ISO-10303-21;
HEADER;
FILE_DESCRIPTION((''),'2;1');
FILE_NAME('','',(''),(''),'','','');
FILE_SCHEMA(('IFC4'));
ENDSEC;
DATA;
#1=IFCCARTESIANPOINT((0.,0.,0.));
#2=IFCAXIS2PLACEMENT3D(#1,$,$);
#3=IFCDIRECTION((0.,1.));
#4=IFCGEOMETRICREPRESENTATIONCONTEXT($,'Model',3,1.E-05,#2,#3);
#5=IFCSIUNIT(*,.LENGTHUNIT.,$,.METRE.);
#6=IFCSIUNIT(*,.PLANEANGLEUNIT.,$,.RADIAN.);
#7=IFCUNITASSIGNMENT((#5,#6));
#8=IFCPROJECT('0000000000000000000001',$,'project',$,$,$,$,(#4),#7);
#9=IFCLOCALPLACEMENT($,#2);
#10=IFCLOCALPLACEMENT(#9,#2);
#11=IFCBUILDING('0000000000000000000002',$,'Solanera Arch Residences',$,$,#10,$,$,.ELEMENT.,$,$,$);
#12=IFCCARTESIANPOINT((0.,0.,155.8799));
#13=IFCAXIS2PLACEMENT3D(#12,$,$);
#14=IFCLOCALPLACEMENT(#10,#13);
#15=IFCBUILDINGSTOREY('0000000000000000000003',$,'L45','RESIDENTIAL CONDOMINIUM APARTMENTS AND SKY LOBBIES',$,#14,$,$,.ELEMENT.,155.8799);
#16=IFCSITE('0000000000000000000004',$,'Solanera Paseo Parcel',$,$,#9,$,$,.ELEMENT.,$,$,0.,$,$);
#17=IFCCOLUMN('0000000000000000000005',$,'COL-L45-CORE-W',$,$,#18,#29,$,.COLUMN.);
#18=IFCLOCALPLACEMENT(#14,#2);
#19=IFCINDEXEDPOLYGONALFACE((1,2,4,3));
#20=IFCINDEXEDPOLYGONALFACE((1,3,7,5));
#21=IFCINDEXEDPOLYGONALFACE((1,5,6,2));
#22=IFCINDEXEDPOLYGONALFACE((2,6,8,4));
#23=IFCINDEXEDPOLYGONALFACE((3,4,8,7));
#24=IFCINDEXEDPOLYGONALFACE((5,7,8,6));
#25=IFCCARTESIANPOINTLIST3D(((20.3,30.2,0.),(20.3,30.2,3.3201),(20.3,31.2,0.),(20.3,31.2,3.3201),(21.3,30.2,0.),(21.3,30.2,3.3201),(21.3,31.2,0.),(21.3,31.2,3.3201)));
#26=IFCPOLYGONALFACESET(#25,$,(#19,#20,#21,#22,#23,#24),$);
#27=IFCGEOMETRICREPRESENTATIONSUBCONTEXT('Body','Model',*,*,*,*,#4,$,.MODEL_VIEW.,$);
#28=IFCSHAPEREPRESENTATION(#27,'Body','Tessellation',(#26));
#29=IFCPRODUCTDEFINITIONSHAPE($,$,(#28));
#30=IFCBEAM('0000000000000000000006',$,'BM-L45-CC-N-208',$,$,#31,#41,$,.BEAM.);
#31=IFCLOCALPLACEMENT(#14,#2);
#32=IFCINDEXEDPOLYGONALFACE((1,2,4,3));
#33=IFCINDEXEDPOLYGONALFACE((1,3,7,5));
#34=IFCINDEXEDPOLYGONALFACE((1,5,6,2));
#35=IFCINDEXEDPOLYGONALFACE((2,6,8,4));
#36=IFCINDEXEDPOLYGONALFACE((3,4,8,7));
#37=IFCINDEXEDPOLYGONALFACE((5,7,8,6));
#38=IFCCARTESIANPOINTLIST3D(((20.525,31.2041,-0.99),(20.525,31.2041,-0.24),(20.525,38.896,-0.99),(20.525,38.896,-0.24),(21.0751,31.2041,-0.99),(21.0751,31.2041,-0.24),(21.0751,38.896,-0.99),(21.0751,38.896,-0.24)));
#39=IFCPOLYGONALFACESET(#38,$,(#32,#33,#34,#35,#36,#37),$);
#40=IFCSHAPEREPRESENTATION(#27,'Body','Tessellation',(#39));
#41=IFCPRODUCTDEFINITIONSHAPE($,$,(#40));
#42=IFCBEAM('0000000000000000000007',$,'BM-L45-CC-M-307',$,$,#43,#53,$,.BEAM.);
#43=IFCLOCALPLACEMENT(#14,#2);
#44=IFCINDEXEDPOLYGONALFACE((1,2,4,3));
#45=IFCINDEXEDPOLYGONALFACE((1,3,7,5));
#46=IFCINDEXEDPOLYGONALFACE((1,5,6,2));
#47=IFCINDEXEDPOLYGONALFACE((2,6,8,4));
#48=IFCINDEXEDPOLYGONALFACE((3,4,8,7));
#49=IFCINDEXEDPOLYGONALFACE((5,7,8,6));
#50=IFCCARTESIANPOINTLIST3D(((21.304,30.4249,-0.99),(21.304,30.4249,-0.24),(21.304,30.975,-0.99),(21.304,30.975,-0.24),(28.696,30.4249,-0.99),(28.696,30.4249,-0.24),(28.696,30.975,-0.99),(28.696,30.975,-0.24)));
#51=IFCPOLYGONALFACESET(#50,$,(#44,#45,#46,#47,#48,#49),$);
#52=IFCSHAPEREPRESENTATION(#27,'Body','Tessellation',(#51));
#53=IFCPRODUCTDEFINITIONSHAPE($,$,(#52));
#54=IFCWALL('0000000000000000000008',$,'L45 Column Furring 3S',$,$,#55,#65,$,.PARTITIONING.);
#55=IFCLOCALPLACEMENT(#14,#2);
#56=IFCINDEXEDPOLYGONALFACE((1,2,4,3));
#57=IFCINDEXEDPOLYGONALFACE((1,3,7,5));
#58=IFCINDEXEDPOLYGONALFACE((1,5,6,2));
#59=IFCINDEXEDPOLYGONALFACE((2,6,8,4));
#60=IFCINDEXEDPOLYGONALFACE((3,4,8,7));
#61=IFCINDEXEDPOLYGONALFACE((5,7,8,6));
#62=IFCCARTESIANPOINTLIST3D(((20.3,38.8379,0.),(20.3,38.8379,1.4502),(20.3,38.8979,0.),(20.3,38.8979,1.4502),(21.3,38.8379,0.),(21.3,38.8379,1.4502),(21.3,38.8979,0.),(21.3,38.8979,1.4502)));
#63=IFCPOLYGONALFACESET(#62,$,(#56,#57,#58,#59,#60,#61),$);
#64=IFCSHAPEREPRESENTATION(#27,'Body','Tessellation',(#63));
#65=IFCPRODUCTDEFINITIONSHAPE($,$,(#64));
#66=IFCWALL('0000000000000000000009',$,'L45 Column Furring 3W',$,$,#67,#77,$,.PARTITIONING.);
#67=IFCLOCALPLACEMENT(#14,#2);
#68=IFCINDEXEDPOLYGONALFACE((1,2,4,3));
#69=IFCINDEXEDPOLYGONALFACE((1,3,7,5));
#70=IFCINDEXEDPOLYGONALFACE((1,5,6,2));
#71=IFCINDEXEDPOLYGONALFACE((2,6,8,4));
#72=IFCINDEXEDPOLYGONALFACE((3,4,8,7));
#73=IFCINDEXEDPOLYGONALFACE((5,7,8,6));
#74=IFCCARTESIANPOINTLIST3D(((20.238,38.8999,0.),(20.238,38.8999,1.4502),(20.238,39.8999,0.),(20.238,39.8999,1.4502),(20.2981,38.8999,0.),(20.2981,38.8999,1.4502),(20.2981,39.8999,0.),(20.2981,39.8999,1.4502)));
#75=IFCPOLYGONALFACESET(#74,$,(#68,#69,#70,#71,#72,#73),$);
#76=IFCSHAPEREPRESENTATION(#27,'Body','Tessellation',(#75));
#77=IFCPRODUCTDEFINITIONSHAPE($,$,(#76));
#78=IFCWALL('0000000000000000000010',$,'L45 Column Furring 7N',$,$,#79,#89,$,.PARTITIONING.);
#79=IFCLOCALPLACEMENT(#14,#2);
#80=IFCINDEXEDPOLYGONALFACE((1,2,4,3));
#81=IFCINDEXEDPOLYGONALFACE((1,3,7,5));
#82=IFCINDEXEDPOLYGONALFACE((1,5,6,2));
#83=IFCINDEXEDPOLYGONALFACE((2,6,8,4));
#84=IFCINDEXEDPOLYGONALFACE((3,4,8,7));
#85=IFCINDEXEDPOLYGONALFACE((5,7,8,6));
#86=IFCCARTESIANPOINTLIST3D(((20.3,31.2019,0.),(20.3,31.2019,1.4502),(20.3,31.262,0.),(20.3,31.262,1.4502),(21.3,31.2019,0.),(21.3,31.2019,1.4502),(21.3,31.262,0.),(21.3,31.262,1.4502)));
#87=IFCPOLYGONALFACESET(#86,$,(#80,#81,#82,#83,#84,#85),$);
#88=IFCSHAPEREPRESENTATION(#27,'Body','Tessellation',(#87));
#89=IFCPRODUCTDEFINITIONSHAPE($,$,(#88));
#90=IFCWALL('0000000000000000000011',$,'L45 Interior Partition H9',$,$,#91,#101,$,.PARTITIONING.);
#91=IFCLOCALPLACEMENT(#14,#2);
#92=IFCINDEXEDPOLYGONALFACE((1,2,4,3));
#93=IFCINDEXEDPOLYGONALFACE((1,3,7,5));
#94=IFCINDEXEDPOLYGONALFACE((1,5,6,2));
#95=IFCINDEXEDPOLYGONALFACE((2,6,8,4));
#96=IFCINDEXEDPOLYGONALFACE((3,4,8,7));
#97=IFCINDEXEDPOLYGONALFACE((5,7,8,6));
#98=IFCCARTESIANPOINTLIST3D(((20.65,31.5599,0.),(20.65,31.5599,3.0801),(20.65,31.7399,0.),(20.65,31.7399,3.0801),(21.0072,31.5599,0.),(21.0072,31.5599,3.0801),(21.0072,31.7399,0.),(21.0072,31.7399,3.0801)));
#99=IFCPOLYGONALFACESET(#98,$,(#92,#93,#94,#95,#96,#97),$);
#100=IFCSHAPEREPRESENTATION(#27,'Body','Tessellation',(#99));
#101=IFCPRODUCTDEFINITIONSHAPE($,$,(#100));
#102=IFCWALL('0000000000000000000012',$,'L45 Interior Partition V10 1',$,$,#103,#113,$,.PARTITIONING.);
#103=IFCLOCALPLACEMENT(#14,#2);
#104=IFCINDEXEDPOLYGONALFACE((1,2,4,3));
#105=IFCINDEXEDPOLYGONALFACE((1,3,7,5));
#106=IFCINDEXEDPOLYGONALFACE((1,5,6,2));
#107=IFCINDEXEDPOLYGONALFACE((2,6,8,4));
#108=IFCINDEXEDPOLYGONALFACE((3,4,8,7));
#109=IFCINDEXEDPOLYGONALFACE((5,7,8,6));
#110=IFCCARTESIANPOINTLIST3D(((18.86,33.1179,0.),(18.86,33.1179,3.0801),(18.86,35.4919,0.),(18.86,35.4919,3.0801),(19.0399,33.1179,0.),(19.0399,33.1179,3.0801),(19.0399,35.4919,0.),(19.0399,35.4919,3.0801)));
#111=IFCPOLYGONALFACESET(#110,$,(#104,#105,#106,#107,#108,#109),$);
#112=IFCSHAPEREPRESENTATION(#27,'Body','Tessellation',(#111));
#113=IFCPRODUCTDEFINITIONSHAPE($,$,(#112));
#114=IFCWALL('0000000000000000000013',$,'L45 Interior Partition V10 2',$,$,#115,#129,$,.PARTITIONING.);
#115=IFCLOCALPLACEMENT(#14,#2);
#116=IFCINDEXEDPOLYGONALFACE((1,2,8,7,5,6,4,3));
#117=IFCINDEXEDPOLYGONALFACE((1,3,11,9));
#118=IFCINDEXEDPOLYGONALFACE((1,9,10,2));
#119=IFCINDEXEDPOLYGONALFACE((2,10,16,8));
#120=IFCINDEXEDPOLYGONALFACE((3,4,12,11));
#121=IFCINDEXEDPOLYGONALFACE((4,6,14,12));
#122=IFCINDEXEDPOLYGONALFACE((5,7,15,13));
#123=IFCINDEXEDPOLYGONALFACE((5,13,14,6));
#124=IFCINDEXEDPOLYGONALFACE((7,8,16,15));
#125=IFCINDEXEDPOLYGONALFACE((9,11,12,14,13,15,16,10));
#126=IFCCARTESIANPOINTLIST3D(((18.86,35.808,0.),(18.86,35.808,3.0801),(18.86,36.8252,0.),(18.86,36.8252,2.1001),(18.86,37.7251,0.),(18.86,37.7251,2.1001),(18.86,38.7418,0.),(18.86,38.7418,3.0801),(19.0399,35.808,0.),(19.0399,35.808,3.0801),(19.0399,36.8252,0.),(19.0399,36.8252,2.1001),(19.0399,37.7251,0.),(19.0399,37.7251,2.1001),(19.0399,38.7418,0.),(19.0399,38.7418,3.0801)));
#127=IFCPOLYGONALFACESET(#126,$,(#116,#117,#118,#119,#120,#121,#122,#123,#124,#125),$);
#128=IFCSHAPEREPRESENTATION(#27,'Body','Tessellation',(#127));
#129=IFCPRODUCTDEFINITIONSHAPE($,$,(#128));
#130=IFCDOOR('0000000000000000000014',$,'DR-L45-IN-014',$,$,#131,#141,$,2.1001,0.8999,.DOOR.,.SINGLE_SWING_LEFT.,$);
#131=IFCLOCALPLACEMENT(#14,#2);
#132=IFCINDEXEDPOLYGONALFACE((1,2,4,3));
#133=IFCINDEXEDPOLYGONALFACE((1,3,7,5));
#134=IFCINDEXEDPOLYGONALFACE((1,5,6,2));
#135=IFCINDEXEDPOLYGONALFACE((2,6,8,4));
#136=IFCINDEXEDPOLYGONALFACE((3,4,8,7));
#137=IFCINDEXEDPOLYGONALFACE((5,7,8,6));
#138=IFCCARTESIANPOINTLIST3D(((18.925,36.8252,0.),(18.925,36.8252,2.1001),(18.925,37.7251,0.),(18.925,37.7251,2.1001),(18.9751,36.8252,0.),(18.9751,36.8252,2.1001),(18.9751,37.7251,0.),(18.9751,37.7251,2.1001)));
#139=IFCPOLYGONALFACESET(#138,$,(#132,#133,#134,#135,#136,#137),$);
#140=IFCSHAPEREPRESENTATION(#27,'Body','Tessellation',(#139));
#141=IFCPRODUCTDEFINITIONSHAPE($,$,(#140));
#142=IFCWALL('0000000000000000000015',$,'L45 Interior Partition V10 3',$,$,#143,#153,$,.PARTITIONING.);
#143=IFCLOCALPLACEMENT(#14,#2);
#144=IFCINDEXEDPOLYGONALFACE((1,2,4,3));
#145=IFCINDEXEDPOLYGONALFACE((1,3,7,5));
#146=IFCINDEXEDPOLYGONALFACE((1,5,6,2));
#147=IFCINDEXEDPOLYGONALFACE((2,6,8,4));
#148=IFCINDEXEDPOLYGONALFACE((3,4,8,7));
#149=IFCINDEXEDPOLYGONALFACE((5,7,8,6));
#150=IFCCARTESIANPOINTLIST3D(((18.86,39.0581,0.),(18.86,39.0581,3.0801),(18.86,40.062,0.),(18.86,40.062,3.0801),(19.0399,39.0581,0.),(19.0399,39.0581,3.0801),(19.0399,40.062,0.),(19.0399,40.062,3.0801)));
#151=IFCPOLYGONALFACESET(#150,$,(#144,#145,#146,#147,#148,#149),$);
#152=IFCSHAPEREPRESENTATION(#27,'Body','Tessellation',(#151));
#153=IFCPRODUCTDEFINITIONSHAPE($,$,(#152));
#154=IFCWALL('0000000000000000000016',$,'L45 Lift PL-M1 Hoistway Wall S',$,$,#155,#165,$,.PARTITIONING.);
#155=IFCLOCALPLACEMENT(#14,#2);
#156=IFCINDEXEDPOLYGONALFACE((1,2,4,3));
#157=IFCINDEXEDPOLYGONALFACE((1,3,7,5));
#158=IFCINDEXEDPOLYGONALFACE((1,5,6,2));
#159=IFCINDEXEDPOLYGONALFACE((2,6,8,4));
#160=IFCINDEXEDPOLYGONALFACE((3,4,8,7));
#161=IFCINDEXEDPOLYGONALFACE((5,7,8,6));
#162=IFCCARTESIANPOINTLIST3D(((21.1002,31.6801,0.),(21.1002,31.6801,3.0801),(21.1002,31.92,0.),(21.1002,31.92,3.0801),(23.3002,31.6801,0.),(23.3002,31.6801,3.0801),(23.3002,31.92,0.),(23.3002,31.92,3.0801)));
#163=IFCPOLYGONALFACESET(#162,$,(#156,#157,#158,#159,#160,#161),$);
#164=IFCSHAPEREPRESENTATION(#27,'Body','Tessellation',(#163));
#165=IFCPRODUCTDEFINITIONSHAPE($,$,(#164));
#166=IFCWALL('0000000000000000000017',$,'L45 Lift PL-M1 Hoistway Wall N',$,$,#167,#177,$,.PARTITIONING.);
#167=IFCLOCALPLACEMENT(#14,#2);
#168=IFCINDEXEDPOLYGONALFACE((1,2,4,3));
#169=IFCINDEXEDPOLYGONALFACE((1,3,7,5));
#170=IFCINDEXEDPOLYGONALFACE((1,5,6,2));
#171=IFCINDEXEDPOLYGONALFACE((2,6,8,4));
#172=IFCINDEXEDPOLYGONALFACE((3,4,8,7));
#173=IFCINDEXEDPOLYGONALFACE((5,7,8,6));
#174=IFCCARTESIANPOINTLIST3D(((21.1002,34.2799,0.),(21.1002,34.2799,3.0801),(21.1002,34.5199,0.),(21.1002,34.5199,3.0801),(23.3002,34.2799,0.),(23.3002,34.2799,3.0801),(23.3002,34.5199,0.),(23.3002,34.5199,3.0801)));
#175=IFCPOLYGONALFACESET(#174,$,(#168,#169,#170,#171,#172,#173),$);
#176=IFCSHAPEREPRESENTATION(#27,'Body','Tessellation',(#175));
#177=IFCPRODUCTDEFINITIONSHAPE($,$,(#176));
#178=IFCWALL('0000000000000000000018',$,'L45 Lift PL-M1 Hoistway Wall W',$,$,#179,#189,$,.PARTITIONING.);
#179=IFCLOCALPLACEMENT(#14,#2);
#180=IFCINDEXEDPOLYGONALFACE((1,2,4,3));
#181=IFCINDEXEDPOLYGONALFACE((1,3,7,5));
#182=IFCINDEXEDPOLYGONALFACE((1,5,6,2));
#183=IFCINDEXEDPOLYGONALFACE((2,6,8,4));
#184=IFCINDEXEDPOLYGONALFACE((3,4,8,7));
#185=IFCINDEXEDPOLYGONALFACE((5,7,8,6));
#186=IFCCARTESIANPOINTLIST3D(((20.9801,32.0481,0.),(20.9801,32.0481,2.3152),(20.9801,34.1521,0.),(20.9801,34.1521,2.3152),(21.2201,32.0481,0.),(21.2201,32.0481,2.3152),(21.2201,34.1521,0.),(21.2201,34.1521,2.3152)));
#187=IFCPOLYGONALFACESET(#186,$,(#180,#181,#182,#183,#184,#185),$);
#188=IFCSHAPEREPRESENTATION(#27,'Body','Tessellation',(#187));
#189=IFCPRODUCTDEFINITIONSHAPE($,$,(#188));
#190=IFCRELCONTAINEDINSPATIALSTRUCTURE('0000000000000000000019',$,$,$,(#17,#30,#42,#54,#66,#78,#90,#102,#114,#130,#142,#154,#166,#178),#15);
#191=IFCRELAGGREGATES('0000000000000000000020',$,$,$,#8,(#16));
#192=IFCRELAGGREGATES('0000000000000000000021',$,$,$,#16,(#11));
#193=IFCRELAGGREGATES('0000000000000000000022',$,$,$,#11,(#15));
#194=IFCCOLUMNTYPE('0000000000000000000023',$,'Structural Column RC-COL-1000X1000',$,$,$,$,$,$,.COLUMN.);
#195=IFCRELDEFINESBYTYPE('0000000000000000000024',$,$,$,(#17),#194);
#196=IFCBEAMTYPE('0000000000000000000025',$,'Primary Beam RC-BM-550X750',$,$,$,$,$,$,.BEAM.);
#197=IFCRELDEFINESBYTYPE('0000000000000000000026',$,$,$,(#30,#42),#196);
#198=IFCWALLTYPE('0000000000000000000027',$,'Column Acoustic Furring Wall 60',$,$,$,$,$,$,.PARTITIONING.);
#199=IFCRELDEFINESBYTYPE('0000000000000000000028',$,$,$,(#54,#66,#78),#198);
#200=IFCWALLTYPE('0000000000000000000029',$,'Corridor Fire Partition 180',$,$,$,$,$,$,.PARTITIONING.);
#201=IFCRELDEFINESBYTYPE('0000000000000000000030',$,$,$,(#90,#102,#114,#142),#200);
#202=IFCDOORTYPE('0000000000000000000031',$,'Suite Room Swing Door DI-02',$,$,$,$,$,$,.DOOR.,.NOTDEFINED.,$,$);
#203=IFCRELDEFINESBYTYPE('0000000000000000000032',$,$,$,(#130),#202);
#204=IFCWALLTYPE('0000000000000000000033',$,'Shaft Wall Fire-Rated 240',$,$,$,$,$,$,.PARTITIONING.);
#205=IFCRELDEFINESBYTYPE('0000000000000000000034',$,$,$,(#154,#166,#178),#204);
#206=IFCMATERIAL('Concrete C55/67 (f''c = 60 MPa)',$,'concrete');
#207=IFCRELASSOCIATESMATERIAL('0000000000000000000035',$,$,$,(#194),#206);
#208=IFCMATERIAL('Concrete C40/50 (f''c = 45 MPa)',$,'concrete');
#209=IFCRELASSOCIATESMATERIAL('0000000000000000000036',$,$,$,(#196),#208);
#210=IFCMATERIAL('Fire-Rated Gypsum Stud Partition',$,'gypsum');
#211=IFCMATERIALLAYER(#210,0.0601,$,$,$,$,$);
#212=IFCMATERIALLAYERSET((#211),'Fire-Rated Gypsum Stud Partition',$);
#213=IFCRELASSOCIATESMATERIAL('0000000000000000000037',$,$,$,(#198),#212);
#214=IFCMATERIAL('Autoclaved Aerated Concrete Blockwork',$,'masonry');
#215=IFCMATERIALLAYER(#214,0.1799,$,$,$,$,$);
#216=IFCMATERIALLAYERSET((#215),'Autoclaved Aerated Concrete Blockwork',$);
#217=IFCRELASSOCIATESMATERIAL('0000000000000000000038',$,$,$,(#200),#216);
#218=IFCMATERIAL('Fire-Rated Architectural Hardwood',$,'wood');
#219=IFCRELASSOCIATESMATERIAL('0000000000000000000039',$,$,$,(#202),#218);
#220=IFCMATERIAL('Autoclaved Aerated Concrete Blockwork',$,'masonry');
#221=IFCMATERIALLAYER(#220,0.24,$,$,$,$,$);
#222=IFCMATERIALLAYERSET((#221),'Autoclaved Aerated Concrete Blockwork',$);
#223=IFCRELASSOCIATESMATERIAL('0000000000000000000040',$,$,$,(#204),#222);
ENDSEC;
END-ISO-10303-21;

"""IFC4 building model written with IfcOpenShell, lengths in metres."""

from ifc_helpers import new_model, si_unit, direction, frame, frame_2d, origin, origin_2d, place, context, subcontext, project, spatial, rectangle, extrude, material, layer, layer_set, material_profile, profile_set, type_object, element, fill, save


model = new_model("IFC4")

# Units and contexts
model_context = context("Model", 3, precision=1e-05, world=origin(), true_north=direction((0.0, 1.0)))
body_context = subcontext(model_context, "Body", "Model", "MODEL_VIEW")
ifc_project = project(units=[si_unit("LENGTHUNIT", "METRE"), si_unit("PLANEANGLEUNIT", "RADIAN")], contexts=[model_context])

# Site, building, storey
site_placement = place(None, origin())
site = spatial("IfcSite", under=ifc_project, at=site_placement, Name="Solanera Paseo Parcel", CompositionType="ELEMENT", RefElevation=0.0)
building_placement = place(site_placement, origin())
building = spatial("IfcBuilding", under=site, at=building_placement, Name="Solanera Arch Residences", CompositionType="ELEMENT")
storey_placement = place(building_placement, frame((0.0, 0.0, 155.8799)))
storey = spatial("IfcBuildingStorey", under=building, at=storey_placement, Name="L45", Description="RESIDENTIAL CONDOMINIUM APARTMENTS AND SKY LOBBIES", CompositionType="ELEMENT", Elevation=155.8799)

# Column
ifc_material_1 = material(Name="Concrete C55/67 (f'c = 60 MPa)", Category="concrete")
ifc_material_profile_1 = material_profile(ifc_material_1, rectangle(XDim=1.0, YDim=1.0, at=origin_2d()))
ifc_profile_set_1 = profile_set([ifc_material_profile_1], Name="Concrete C55/67 (f'c = 60 MPa)")
column_type = type_object("IfcColumnType", Name="Structural Column RC-COL-1000X1000", PredefinedType="COLUMN", material=ifc_profile_set_1)
column_placement = place(storey_placement, frame((20.8, 30.7, 0.0), z_axis=(0.0, 0.0, 1.0), x_axis=(1.0, 0.0, 0.0)))
element("IfcColumn", 1, at=column_placement, inside=storey, type_object=column_type, Name="COL-L45-CORE-W", PredefinedType="COLUMN", context=body_context, shape_type="SweptSolid", body=[
    extrude(rectangle(XDim=1.0, YDim=1.0, at=origin_2d()), origin(), (0.0, 0.0, 1.0), 3.3201),
])

# Beams
ifc_material_2 = material(Name="Concrete C40/50 (f'c = 45 MPa)", Category="concrete")
ifc_material_profile_2 = material_profile(ifc_material_2, rectangle(XDim=0.55, YDim=0.75, at=origin_2d()))
ifc_profile_set_2 = profile_set([ifc_material_profile_2], Name="Concrete C40/50 (f'c = 45 MPa)")
beam_type = type_object("IfcBeamType", Name="Primary Beam RC-BM-550X750", PredefinedType="BEAM", material=ifc_profile_set_2)
beam_1_placement = place(storey_placement, frame((20.8, 31.2041, -0.615), z_axis=(0.0, 1.0, 0.0), x_axis=(-1.0, 0.0, 0.0)))
element("IfcBeam", 2, at=beam_1_placement, inside=storey, type_object=beam_type, Name="BM-L45-CC-N-208", PredefinedType="BEAM", context=body_context, shape_type="SweptSolid", body=[
    extrude(rectangle(XDim=0.55, YDim=0.75, at=origin_2d()), origin(), (0.0, 0.0, 1.0), 7.6919),
])
beam_2_placement = place(storey_placement, frame((21.304, 30.7, -0.615), z_axis=(1.0, 0.0, 0.0), x_axis=(0.0, 1.0, 0.0)))
element("IfcBeam", 3, at=beam_2_placement, inside=storey, type_object=beam_type, Name="BM-L45-CC-M-307", PredefinedType="BEAM", context=body_context, shape_type="SweptSolid", body=[
    extrude(rectangle(XDim=0.55, YDim=0.75, at=origin_2d()), origin(), (0.0, 0.0, 1.0), 7.3921),
])

# Walls
ifc_material_3 = material(Name="Fire-Rated Gypsum Stud Partition", Category="gypsum")
ifc_layer_1 = layer(ifc_material_3, 0.0601)
ifc_layer_set_1 = layer_set([ifc_layer_1], Name="Fire-Rated Gypsum Stud Partition")
wall_type_1 = type_object("IfcWallType", Name="Column Acoustic Furring Wall 60", PredefinedType="PARTITIONING", material=ifc_layer_set_1)
for number, where, z_axis, x_axis, name in (
    (4, (20.3, 38.8679, 0.0), (0.0, 0.0, 1.0), (1.0, 0.0, 0.0), "L45 Column Furring 3S"),
    (5, (20.2681, 38.8999, 0.0), (0.0, 0.0, 1.0), (0.0, 1.0, 0.0), "L45 Column Furring 3W"),
    (6, (20.3, 31.2319, 0.0), (0.0, 0.0, 1.0), (1.0, 0.0, 0.0), "L45 Column Furring 7N"),
):
    element("IfcWall", number, at=place(storey_placement, frame(where, z_axis=z_axis, x_axis=x_axis)), inside=storey, type_object=wall_type_1, Name=name, PredefinedType="PARTITIONING", context=body_context, shape_type="SweptSolid", body=[
        extrude(rectangle(XDim=1.0, YDim=0.0601, at=frame_2d((0.5, 0.0))), origin(), (0.0, 0.0, 1.0), 1.4502),
    ])

# Walls
ifc_material_4 = material(Name="Autoclaved Aerated Concrete Blockwork", Category="masonry")
ifc_layer_2 = layer(ifc_material_4, 0.1799)
ifc_layer_set_2 = layer_set([ifc_layer_2], Name="Autoclaved Aerated Concrete Blockwork")
wall_type_2 = type_object("IfcWallType", Name="Corridor Fire Partition 180", PredefinedType="PARTITIONING", material=ifc_layer_set_2)
wall_1_placement = place(storey_placement, frame((20.6499, 31.6499, 0.0), z_axis=(0.0, 0.0, 1.0), x_axis=(1.0, 0.0, 0.0)))
element("IfcWall", 7, at=wall_1_placement, inside=storey, type_object=wall_type_2, Name="L45 Interior Partition H9", PredefinedType="PARTITIONING", context=body_context, shape_type="SweptSolid", body=[
    extrude(rectangle(XDim=0.3572, YDim=0.1799, at=frame_2d((0.1787, 0.0))), origin(), (0.0, 0.0, 1.0), 3.0801),
])
wall_2_placement = place(storey_placement, frame((18.95, 33.1179, 0.0), z_axis=(0.0, 0.0, 1.0), x_axis=(0.0, 1.0, 0.0)))
element("IfcWall", 8, at=wall_2_placement, inside=storey, type_object=wall_type_2, Name="L45 Interior Partition V10 1", PredefinedType="PARTITIONING", context=body_context, shape_type="SweptSolid", body=[
    extrude(rectangle(XDim=2.374, YDim=0.1799, at=frame_2d((1.187, 0.0))), origin(), (0.0, 0.0, 1.0), 3.0801),
])

# Wall, opening, door
wall_3_placement = place(storey_placement, frame((18.95, 35.8081, 0.0), z_axis=(0.0, 0.0, 1.0), x_axis=(0.0, 1.0, 0.0)))
wall_3 = element("IfcWall", 9, at=wall_3_placement, inside=storey, type_object=wall_type_2, Name="L45 Interior Partition V10 2", PredefinedType="PARTITIONING", context=body_context, shape_type="SweptSolid", body=[
    extrude(rectangle(XDim=2.9338, YDim=0.1799, at=frame_2d((1.4668, 0.0))), origin(), (0.0, 0.0, 1.0), 3.0801),
])
opening_1_placement = place(wall_3_placement, frame((1.0171, 0.0, 0.0)))
opening_1 = element("IfcOpeningElement", 10, at=opening_1_placement, cuts=wall_3, PredefinedType="OPENING", context=body_context, shape_type="SweptSolid", body=[
    extrude(rectangle(XDim=0.8999, YDim=2.1001, at=frame_2d((0.45, 1.05))), frame((0.0, 0.1001, 0.0), z_axis=(0.0, -1.0, 0.0), x_axis=(1.0, 0.0, 0.0)), (0.0, 0.0, 1.0), 0.1999),
])
ifc_material_5 = material(Name="Fire-Rated Architectural Hardwood", Category="wood")
door_type_1 = type_object("IfcDoorType", Name="Suite Room Swing Door DI-02", OperationType="NOTDEFINED", PredefinedType="DOOR", material=ifc_material_5)
door_1_placement = place(opening_1_placement, origin())
door_1 = element("IfcDoor", 11, at=door_1_placement, inside=storey, type_object=door_type_1, Name="DR-L45-IN-014", OperationType="SINGLE_SWING_LEFT", OverallHeight=2.1001, OverallWidth=0.8999, PredefinedType="DOOR", context=body_context, shape_type="SweptSolid", body=[
    extrude(rectangle(XDim=0.8999, YDim=2.1001, at=frame_2d((0.45, 1.05))), frame((0.0, 0.0249, 0.0), z_axis=(0.0, -1.0, 0.0), x_axis=(1.0, 0.0, 0.0)), (0.0, 0.0, 1.0), 0.05),
])
fill(opening_1, door_1)

# Walls
wall_4_placement = place(storey_placement, frame((18.95, 39.0581, 0.0), z_axis=(0.0, 0.0, 1.0), x_axis=(0.0, 1.0, 0.0)))
element("IfcWall", 12, at=wall_4_placement, inside=storey, type_object=wall_type_2, Name="L45 Interior Partition V10 3", PredefinedType="PARTITIONING", context=body_context, shape_type="SweptSolid", body=[
    extrude(rectangle(XDim=1.0039, YDim=0.1799, at=frame_2d((0.502, 0.0))), origin(), (0.0, 0.0, 1.0), 3.0801),
])
ifc_material_6 = material(Name="Autoclaved Aerated Concrete Blockwork", Category="masonry")
ifc_layer_3 = layer(ifc_material_6, 0.24)
ifc_layer_set_3 = layer_set([ifc_layer_3], Name="Autoclaved Aerated Concrete Blockwork")
wall_type_3 = type_object("IfcWallType", Name="Shaft Wall Fire-Rated 240", PredefinedType="PARTITIONING", material=ifc_layer_set_3)
for number, where, z_axis, x_axis, name in (
    (13, (21.1001, 31.8, 0.0), (0.0, 0.0, 1.0), (1.0, 0.0, 0.0), "L45 Lift PL-M1 Hoistway Wall S"),
    (14, (21.1001, 34.3999, 0.0), (0.0, 0.0, 1.0), (1.0, 0.0, 0.0), "L45 Lift PL-M1 Hoistway Wall N"),
):
    element("IfcWall", number, at=place(storey_placement, frame(where, z_axis=z_axis, x_axis=x_axis)), inside=storey, type_object=wall_type_3, Name=name, PredefinedType="PARTITIONING", context=body_context, shape_type="SweptSolid", body=[
        extrude(rectangle(XDim=2.2, YDim=0.24, at=frame_2d((1.1001, 0.0))), origin(), (0.0, 0.0, 1.0), 3.0801),
    ])
wall_5_placement = place(storey_placement, frame((21.1001, 32.0481, 0.0), z_axis=(0.0, 0.0, 1.0), x_axis=(0.0, 1.0, 0.0)))
element("IfcWall", 15, at=wall_5_placement, inside=storey, type_object=wall_type_3, Name="L45 Lift PL-M1 Hoistway Wall W", PredefinedType="PARTITIONING", context=body_context, shape_type="SweptSolid", body=[
    extrude(rectangle(XDim=2.104, YDim=0.24, at=frame_2d((1.052, 0.0))), origin(), (0.0, 0.0, 1.0), 2.3152),
])

save(model, "model.ifc")
